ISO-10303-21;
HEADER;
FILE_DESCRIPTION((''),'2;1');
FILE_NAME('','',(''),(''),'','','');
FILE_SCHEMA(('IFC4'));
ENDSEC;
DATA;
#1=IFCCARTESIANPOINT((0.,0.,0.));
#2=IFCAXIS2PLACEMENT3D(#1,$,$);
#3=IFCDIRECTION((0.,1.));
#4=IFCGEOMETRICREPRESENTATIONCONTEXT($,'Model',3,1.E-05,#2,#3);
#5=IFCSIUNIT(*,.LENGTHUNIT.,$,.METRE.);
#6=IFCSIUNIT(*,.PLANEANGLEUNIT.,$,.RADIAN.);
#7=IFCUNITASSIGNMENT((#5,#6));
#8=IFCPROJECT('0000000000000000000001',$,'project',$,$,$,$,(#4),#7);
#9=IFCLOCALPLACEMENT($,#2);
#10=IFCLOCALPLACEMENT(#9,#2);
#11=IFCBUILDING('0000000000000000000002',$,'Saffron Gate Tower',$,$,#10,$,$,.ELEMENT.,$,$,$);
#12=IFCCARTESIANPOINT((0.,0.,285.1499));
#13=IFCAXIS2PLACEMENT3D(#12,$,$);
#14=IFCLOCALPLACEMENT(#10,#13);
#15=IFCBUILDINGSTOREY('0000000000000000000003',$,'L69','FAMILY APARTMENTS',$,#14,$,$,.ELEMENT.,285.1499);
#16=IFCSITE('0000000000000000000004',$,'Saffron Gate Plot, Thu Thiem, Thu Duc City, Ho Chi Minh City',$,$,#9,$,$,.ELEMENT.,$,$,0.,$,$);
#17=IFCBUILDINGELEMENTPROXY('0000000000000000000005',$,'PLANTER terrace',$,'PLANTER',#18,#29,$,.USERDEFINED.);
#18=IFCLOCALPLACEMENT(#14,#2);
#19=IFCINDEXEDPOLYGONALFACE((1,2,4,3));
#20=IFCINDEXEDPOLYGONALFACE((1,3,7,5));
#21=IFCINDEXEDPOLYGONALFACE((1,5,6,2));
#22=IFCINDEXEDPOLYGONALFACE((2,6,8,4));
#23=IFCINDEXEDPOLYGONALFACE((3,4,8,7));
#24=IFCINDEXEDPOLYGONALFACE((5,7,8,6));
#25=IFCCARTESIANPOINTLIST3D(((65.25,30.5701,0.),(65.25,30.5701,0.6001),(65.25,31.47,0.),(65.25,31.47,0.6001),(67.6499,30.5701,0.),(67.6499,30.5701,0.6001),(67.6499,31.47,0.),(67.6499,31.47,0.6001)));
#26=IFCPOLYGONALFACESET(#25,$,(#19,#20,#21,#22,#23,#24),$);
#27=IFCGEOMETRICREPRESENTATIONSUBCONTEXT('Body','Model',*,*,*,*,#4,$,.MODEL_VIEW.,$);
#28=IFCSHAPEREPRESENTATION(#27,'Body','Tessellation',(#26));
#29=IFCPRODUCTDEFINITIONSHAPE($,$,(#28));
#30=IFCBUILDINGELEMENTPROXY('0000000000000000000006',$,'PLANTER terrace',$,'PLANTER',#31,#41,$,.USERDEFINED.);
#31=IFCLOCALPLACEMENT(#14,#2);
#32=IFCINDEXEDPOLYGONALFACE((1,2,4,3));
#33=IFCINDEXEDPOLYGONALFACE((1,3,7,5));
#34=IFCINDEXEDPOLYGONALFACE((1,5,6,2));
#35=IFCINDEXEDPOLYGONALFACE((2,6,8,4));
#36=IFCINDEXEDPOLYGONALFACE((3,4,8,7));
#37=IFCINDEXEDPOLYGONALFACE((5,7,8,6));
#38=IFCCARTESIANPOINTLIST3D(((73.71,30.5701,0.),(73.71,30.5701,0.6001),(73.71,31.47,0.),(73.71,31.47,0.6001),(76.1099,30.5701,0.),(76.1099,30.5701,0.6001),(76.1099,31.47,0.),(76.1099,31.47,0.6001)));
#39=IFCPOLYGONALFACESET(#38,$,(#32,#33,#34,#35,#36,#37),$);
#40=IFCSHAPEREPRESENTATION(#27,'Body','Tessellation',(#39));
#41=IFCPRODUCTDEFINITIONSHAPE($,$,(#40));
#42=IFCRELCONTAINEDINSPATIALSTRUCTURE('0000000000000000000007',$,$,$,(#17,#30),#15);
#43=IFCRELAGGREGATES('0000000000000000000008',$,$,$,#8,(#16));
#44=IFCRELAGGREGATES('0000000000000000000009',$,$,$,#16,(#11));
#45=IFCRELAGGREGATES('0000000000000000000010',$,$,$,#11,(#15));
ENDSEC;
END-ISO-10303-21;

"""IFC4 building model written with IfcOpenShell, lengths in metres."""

from ifc_helpers import new_model, si_unit, direction, frame, origin, origin_2d, place, context, subcontext, project, spatial, rectangle, extrude, element, save


model = new_model("IFC4")

# Units and contexts
model_context = context("Model", 3, precision=1e-05, world=origin(), true_north=direction((0.0, 1.0)))
body_context = subcontext(model_context, "Body", "Model", "MODEL_VIEW")
ifc_project = project(units=[si_unit("LENGTHUNIT", "METRE"), si_unit("PLANEANGLEUNIT", "RADIAN")], contexts=[model_context])

# Site, building, storey
site_placement = place(None, origin())
site = spatial("IfcSite", under=ifc_project, at=site_placement, Name="Saffron Gate Plot, Thu Thiem, Thu Duc City, Ho Chi Minh City", CompositionType="ELEMENT", RefElevation=0.0)
building_placement = place(site_placement, origin())
building = spatial("IfcBuilding", under=site, at=building_placement, Name="Saffron Gate Tower", CompositionType="ELEMENT")
storey_placement = place(building_placement, frame((0.0, 0.0, 285.1499)))
storey = spatial("IfcBuildingStorey", under=building, at=storey_placement, Name="L69", Description="FAMILY APARTMENTS", CompositionType="ELEMENT", Elevation=285.1499)

# Building element proxies
for number, where, z_axis, x_axis, name in (
    (1, (66.45, 31.02, 0.0), (0.0, 0.0, 1.0), (1.0, 0.0, 0.0), "PLANTER terrace"),
    (2, (74.9099, 31.02, 0.0), (0.0, 0.0, 1.0), (1.0, 0.0, 0.0), "PLANTER terrace"),
):
    element("IfcBuildingElementProxy", number, at=place(storey_placement, frame(where, z_axis=z_axis, x_axis=x_axis)), inside=storey, Name=name, ObjectType="PLANTER", PredefinedType="USERDEFINED", context=body_context, shape_type="SweptSolid", body=[
        extrude(rectangle(XDim=2.3999, YDim=0.8999, at=origin_2d()), origin(), (0.0, 0.0, 1.0), 0.6001),
    ])

save(model, "model.ifc")
